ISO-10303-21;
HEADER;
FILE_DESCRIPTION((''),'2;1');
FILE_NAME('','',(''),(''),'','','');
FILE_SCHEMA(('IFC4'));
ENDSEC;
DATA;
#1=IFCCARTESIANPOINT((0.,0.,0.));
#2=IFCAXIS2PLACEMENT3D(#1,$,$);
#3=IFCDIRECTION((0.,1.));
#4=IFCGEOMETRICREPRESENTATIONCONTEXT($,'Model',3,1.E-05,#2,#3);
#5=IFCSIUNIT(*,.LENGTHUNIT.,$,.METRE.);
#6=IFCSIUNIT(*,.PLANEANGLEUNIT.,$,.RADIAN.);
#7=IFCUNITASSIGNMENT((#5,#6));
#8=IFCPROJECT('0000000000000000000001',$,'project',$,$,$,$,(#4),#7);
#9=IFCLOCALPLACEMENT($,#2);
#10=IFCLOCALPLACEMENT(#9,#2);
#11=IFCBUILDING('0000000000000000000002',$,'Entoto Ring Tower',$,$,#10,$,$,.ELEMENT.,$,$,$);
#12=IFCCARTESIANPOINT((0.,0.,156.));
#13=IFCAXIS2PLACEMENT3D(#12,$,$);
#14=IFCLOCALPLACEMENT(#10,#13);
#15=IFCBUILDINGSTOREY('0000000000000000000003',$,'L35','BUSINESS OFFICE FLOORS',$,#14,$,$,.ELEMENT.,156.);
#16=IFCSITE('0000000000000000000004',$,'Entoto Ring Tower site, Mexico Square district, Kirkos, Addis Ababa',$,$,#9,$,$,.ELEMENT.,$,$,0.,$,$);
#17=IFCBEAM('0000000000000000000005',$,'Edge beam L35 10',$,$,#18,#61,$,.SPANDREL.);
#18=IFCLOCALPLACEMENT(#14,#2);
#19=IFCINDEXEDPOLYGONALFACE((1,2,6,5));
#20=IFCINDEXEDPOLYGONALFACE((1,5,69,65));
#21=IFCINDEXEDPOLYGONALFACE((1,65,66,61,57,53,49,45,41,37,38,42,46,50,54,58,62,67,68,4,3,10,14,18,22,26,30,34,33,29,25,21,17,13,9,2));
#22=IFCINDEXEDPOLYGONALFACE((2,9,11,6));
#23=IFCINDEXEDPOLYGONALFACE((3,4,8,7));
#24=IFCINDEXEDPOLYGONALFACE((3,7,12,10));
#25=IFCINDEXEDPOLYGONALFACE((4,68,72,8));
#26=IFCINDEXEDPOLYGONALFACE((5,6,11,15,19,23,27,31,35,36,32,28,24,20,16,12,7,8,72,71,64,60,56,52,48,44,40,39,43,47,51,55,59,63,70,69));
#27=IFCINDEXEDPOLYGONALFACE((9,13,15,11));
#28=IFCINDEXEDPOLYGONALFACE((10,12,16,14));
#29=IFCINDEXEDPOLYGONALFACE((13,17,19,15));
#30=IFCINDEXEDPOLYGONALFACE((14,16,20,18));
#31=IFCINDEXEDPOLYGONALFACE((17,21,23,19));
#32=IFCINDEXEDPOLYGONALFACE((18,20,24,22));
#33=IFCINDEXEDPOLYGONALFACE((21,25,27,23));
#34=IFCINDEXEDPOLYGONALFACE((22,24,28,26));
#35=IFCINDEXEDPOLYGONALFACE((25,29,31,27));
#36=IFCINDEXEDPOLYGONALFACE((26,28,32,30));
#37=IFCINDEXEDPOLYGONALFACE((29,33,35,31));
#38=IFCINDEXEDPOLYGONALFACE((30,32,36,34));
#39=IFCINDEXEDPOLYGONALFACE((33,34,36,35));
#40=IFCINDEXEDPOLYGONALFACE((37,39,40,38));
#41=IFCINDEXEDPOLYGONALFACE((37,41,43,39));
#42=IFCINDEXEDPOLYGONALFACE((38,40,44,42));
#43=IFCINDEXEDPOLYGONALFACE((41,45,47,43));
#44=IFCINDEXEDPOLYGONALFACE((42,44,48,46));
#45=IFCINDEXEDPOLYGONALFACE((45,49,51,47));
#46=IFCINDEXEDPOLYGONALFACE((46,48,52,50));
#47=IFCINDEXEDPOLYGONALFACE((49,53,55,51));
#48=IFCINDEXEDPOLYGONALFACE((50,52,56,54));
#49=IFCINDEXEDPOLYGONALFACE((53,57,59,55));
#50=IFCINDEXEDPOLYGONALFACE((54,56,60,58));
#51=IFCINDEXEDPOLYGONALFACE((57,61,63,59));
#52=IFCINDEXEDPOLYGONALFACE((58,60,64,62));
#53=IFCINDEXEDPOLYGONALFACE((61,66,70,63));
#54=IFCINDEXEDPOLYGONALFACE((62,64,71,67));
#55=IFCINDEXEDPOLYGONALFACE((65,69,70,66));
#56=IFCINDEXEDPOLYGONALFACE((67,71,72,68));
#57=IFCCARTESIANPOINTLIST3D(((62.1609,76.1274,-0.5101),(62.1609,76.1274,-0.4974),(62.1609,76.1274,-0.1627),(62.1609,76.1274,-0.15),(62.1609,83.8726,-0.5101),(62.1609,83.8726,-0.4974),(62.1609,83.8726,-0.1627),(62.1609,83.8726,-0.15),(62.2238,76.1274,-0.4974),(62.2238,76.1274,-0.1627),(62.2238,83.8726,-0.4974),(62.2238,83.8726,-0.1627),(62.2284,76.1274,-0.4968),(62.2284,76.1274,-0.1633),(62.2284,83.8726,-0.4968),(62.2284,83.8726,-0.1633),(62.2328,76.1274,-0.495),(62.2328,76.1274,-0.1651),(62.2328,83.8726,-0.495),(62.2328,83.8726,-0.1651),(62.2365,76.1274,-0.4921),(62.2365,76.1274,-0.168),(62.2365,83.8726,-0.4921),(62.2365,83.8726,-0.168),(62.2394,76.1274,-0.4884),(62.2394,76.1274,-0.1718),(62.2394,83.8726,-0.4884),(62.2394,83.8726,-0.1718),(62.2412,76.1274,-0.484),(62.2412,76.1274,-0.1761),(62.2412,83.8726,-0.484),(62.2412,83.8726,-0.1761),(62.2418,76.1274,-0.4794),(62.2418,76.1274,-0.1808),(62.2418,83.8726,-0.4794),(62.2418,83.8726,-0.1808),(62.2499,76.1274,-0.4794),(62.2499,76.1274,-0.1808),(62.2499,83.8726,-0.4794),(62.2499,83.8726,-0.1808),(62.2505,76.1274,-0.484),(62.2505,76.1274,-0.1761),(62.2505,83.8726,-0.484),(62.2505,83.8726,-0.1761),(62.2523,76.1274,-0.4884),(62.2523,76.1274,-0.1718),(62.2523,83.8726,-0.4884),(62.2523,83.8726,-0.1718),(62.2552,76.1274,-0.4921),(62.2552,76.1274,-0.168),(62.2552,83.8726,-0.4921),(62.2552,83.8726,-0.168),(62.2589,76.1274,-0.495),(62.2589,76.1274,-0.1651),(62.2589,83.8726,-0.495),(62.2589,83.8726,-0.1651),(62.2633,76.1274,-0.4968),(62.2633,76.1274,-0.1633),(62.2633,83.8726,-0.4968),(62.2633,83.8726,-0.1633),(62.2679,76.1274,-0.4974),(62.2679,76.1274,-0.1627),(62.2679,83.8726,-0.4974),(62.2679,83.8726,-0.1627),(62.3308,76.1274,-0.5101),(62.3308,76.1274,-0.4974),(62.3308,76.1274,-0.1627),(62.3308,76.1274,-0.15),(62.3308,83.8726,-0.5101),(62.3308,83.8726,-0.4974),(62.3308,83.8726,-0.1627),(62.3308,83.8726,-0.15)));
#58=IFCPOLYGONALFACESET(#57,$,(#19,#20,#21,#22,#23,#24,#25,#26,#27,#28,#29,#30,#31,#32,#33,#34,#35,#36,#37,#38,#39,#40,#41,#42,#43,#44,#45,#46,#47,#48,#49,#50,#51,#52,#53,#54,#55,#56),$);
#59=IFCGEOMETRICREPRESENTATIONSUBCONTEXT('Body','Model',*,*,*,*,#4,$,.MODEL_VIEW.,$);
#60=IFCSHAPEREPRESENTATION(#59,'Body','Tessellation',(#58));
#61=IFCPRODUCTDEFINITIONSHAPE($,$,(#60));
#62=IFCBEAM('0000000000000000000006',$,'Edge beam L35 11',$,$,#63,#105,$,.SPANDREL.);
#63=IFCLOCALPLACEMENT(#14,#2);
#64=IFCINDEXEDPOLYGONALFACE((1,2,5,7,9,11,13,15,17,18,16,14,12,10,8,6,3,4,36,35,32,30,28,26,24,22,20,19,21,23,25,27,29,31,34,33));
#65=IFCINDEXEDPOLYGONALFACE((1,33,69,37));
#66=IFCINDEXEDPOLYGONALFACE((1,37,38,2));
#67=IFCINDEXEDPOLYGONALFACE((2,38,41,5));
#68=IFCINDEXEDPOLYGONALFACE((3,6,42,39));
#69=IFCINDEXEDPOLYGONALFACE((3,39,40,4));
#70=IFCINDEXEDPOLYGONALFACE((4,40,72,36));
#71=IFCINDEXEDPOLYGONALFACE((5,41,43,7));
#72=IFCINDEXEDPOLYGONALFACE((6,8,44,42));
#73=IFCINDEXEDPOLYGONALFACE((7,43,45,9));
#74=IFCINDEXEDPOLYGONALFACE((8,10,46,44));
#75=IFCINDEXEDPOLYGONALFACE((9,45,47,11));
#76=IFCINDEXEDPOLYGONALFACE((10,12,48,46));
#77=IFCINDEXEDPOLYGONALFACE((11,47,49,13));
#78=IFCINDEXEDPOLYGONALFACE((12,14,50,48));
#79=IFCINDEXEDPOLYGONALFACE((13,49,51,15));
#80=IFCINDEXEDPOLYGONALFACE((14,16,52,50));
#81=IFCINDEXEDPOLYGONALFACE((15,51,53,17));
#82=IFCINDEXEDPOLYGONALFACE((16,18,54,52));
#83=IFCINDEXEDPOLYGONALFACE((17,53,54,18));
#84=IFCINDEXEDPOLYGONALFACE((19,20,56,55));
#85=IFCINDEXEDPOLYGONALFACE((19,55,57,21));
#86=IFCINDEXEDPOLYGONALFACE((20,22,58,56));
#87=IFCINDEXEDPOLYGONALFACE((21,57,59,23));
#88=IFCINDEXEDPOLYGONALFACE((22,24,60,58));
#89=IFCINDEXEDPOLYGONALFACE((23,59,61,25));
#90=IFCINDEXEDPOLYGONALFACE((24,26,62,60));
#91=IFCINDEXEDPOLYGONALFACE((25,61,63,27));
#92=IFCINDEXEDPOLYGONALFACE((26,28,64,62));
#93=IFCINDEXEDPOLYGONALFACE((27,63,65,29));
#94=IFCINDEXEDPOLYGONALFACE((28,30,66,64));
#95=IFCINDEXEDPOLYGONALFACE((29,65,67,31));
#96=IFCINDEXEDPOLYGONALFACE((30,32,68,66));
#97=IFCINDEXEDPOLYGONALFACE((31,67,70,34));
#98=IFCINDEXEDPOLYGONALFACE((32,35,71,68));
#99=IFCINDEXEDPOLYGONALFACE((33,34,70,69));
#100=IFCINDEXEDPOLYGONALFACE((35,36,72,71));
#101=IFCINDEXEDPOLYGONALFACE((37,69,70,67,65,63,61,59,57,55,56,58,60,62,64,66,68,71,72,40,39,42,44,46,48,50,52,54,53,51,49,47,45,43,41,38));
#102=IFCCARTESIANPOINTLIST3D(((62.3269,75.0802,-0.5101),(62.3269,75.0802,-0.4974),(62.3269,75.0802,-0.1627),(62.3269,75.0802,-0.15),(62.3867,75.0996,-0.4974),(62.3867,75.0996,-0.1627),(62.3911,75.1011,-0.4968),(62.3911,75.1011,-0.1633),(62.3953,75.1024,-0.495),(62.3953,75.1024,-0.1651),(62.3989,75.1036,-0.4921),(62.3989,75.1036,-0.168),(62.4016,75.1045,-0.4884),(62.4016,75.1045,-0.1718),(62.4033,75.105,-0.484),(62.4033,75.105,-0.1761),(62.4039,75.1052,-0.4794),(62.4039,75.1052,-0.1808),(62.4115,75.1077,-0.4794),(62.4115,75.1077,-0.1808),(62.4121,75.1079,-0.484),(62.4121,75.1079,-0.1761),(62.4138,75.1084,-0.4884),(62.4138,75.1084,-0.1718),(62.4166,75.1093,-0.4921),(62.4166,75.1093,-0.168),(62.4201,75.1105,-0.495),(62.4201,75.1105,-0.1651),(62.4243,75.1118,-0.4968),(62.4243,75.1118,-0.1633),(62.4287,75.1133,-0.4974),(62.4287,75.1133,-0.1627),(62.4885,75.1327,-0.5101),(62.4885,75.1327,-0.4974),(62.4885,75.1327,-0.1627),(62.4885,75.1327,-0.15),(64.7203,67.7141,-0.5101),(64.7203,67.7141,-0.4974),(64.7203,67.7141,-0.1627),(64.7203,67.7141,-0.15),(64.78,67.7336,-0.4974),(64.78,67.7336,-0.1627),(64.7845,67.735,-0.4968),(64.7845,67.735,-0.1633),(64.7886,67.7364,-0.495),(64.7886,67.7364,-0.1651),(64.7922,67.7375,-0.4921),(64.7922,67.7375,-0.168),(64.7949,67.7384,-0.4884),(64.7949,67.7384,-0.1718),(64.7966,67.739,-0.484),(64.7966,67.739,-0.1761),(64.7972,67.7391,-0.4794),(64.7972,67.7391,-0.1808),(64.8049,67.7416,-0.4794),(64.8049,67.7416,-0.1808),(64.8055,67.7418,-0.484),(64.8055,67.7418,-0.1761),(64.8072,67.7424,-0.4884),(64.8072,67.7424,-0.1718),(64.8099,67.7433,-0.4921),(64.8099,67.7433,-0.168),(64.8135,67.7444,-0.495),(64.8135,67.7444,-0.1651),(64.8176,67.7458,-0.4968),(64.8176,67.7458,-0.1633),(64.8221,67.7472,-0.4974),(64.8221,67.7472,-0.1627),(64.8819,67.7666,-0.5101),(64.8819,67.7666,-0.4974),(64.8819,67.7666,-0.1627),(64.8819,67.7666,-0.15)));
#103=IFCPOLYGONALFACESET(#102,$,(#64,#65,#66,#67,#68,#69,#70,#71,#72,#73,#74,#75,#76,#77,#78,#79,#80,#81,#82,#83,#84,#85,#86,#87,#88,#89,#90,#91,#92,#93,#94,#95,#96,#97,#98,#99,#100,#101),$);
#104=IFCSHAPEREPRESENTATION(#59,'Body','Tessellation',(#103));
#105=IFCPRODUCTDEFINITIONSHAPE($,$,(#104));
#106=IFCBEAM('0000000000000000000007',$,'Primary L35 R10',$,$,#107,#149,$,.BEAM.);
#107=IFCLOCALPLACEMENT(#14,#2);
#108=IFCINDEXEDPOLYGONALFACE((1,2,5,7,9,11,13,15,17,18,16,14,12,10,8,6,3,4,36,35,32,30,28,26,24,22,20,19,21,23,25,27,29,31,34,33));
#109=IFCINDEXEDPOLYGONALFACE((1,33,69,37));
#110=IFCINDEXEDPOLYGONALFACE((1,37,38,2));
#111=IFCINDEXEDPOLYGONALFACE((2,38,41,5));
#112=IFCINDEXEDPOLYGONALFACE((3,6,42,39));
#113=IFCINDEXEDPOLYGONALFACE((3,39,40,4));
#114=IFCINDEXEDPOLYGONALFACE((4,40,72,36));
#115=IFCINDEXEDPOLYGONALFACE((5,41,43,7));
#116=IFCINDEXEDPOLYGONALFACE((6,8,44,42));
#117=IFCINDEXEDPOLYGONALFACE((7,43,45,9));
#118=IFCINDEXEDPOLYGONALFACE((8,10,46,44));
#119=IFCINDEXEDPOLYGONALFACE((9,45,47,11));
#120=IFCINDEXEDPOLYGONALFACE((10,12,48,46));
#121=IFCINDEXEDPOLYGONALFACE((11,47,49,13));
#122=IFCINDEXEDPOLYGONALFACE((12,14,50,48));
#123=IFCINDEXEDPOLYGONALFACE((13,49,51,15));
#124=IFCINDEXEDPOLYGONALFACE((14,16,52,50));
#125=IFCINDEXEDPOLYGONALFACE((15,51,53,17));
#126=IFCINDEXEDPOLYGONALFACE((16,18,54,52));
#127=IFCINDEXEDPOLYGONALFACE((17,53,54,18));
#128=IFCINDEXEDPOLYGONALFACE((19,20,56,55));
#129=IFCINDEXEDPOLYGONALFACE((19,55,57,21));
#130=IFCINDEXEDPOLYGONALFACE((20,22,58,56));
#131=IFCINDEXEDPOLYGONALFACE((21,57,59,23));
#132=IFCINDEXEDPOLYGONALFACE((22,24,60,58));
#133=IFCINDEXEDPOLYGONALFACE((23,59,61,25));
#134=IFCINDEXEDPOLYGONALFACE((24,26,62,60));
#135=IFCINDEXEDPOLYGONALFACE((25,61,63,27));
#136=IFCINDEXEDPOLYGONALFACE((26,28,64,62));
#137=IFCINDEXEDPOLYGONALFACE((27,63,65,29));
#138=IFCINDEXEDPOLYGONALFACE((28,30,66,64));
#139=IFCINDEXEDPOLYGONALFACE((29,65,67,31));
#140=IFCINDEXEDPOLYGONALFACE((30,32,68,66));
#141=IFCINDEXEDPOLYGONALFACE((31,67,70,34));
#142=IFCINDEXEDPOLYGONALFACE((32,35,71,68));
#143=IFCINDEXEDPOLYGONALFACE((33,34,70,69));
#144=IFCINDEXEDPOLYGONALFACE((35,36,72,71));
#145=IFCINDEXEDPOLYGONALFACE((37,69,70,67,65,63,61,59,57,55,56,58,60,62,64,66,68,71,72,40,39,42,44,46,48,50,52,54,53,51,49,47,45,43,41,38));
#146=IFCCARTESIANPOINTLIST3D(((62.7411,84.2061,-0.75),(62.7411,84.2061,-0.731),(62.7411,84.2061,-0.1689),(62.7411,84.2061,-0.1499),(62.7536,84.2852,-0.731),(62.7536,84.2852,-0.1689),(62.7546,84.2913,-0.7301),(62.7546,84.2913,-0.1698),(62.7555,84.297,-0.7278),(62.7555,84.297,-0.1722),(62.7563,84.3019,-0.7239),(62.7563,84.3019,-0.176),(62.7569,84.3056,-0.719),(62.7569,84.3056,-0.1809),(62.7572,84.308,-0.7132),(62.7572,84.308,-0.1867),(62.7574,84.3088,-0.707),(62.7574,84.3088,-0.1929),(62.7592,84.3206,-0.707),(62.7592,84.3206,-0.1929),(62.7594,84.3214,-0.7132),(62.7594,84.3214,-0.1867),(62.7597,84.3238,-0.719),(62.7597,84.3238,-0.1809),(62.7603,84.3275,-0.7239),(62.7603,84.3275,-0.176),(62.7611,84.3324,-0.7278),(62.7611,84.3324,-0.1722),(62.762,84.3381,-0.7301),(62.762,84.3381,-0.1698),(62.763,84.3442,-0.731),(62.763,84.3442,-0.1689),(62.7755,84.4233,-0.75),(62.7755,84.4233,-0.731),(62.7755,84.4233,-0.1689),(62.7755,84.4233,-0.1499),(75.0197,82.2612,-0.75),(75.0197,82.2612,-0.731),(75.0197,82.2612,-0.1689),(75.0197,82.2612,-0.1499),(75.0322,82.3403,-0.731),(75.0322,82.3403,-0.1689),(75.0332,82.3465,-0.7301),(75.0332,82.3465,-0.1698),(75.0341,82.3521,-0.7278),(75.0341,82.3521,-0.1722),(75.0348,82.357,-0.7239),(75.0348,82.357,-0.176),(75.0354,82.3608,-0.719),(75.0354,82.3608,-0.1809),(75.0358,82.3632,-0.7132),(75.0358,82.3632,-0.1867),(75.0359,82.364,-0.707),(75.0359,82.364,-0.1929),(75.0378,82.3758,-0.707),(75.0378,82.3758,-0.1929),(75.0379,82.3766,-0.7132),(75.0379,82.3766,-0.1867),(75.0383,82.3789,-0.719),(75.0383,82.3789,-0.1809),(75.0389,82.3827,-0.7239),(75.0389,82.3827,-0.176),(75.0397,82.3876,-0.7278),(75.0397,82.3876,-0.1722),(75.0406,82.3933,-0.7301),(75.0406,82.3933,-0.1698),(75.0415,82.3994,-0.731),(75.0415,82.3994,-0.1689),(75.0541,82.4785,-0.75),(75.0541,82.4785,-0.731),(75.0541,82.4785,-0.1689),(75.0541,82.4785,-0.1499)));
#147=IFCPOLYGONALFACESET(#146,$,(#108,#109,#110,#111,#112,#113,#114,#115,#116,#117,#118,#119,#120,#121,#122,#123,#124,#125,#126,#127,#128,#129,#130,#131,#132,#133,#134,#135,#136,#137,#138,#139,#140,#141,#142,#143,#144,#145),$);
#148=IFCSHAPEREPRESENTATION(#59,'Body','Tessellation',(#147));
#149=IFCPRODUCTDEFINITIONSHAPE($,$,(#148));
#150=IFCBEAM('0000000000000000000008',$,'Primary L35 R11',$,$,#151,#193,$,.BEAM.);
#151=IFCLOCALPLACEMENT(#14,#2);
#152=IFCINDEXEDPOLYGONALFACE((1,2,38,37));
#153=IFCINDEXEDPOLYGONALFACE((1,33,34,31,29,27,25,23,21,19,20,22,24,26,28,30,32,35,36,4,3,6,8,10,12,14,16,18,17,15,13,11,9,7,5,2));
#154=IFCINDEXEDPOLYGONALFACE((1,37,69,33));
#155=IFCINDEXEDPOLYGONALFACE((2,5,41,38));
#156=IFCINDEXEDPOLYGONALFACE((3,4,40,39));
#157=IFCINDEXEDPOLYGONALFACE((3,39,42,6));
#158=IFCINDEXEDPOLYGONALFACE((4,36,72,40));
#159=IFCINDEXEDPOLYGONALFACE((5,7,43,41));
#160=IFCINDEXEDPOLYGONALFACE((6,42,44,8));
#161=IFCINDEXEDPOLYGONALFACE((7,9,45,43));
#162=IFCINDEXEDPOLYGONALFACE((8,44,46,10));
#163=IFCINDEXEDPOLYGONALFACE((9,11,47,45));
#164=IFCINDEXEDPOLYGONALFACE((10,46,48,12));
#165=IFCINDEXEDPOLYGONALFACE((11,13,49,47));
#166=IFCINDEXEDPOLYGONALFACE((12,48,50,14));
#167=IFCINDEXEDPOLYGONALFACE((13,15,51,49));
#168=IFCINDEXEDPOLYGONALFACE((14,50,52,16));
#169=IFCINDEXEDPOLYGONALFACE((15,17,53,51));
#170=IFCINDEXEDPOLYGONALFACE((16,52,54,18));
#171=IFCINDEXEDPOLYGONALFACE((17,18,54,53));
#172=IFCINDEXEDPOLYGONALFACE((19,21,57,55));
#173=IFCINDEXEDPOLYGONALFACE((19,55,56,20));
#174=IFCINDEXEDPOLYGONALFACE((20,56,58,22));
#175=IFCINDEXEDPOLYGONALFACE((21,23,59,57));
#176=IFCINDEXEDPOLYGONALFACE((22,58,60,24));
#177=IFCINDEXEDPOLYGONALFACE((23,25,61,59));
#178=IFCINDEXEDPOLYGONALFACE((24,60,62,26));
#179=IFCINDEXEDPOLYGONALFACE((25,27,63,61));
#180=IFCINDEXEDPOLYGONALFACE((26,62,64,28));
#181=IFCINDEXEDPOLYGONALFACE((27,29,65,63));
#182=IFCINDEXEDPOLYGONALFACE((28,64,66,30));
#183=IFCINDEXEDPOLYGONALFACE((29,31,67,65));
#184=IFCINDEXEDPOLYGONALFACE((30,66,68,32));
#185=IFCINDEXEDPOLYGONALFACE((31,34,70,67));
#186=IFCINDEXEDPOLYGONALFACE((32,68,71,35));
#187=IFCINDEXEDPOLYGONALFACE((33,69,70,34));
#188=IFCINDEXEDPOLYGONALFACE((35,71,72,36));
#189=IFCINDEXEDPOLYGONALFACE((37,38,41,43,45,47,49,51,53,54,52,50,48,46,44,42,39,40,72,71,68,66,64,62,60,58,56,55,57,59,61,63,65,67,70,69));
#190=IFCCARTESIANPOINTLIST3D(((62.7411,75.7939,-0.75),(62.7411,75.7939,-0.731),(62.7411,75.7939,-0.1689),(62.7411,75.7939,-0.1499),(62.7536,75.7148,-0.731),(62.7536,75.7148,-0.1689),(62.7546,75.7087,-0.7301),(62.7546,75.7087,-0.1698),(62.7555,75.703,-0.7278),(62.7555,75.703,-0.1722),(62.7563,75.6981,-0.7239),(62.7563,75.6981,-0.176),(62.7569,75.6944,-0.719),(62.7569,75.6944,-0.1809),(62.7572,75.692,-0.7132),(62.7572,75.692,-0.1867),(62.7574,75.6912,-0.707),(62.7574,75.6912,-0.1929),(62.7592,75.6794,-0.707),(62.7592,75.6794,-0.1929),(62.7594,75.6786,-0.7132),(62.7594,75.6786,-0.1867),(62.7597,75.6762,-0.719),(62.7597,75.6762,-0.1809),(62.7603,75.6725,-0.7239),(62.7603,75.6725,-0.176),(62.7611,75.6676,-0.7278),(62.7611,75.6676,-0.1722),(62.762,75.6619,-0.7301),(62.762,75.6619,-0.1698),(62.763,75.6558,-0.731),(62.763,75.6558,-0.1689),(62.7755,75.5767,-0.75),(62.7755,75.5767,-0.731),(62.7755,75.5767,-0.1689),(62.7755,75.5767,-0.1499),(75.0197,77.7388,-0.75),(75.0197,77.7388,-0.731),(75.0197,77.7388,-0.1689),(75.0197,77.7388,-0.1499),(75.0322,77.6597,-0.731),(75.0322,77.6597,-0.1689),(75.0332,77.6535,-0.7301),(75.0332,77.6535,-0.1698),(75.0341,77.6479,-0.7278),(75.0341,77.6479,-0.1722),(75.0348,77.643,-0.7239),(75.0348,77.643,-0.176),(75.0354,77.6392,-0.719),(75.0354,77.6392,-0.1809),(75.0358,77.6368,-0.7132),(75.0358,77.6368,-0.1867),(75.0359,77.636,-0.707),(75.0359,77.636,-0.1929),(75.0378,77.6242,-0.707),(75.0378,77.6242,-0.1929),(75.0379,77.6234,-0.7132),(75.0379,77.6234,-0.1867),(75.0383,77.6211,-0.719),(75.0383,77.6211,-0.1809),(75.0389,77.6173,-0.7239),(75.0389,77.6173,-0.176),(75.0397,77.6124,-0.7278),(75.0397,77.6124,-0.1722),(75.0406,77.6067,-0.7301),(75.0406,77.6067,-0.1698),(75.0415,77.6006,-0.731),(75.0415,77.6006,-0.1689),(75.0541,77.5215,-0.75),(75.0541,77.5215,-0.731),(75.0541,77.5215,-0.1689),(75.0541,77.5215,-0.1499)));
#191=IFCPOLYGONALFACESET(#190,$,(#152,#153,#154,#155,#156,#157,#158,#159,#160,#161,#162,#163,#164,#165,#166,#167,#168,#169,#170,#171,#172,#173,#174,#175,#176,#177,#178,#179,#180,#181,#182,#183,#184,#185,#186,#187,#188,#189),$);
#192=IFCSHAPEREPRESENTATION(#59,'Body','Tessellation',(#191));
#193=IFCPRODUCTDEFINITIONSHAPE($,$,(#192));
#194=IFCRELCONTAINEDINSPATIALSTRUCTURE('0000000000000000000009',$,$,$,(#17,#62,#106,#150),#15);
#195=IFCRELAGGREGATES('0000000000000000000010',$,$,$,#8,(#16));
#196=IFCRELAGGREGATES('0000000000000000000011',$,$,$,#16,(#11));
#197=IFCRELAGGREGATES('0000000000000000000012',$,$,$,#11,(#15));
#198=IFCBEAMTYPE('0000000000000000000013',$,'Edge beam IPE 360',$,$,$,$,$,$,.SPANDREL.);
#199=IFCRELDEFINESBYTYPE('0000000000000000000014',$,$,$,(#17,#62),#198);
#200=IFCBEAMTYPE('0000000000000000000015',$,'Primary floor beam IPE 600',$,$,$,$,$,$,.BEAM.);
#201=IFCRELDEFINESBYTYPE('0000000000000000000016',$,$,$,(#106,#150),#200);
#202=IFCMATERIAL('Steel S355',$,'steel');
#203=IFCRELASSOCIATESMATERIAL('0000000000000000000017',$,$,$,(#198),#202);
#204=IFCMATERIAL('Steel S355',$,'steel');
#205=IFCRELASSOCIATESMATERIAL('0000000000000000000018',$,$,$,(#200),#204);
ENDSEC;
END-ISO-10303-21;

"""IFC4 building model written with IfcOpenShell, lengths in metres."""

from ifc_helpers import new_model, si_unit, direction, frame, origin, origin_2d, place, context, subcontext, project, spatial, i_section, extrude, material, material_profile, profile_set, type_object, element, save


model = new_model("IFC4")

# Units and contexts
model_context = context("Model", 3, precision=1e-05, world=origin(), true_north=direction((0.0, 1.0)))
body_context = subcontext(model_context, "Body", "Model", "MODEL_VIEW")
ifc_project = project(units=[si_unit("LENGTHUNIT", "METRE"), si_unit("PLANEANGLEUNIT", "RADIAN")], contexts=[model_context])

# Site, building, storey
site_placement = place(None, origin())
site = spatial("IfcSite", under=ifc_project, at=site_placement, Name="Entoto Ring Tower site, Mexico Square district, Kirkos, Addis Ababa", CompositionType="ELEMENT", RefElevation=0.0)
building_placement = place(site_placement, origin())
building = spatial("IfcBuilding", under=site, at=building_placement, Name="Entoto Ring Tower", CompositionType="ELEMENT")
storey_placement = place(building_placement, frame((0.0, 0.0, 156.0)))
storey = spatial("IfcBuildingStorey", under=building, at=storey_placement, Name="L35", Description="BUSINESS OFFICE FLOORS", CompositionType="ELEMENT", Elevation=156.0)

# Beams
ifc_material_1 = material(Name="Steel S355", Category="steel")
ifc_material_profile_1 = material_profile(ifc_material_1, i_section(OverallWidth=0.1699, OverallDepth=0.3601, WebThickness=0.0081, FlangeThickness=0.0127, FilletRadius=0.0181, at=origin_2d()), Name="IPE 360")
ifc_profile_set_1 = profile_set([ifc_material_profile_1], Name="Steel S355")
beam_type_1 = type_object("IfcBeamType", Name="Edge beam IPE 360", PredefinedType="SPANDREL", material=ifc_profile_set_1)
for number, where, z_axis, x_axis, name in (
    (1, (62.2458, 83.8726, -0.3301), (0.0, -1.0, 0.0), (1.0, 0.0, 0.0), "Edge beam L35 10"),
    (2, (62.4077, 75.1064, -0.3301), (0.309013, -0.951058, 0.0), (0.951058, 0.309013, 0.0), "Edge beam L35 11"),
):
    element("IfcBeam", number, at=place(storey_placement, frame(where, z_axis=z_axis, x_axis=x_axis)), inside=storey, type_object=beam_type_1, Name=name, PredefinedType="SPANDREL", context=body_context, shape_type="SweptSolid", body=[
        extrude(i_section(OverallWidth=0.1699, OverallDepth=0.3601, WebThickness=0.0081, FlangeThickness=0.0127, FilletRadius=0.0181, at=origin_2d()), origin(), (0.0, 0.0, 1.0), 7.7451),
    ])
ifc_material_2 = material(Name="Steel S355", Category="steel")
ifc_material_profile_2 = material_profile(ifc_material_2, i_section(OverallWidth=0.22, OverallDepth=0.6001, WebThickness=0.012, FlangeThickness=0.019, FilletRadius=0.0239, at=origin_2d()), Name="IPE 600")
ifc_profile_set_2 = profile_set([ifc_material_profile_2], Name="Steel S355")
beam_type_2 = type_object("IfcBeamType", Name="Primary floor beam IPE 600", PredefinedType="BEAM", material=ifc_profile_set_2)
for number, where, z_axis, x_axis, name in (
    (3, (75.0369, 82.3699, -0.45), (-0.987687, 0.156442, 0.0), (-0.156442, -0.987687, 0.0), "Primary L35 R10"),
    (4, (75.0369, 77.6301, -0.45), (-0.987687, -0.156442, 0.0), (0.156442, -0.987687, 0.0), "Primary L35 R11"),
):
    element("IfcBeam", number, at=place(storey_placement, frame(where, z_axis=z_axis, x_axis=x_axis)), inside=storey, type_object=beam_type_2, Name=name, PredefinedType="BEAM", context=body_context, shape_type="SweptSolid", body=[
        extrude(i_section(OverallWidth=0.22, OverallDepth=0.6001, WebThickness=0.012, FlangeThickness=0.019, FilletRadius=0.0239, at=origin_2d()), origin(), (0.0, 0.0, 1.0), 12.4316),
    ])

save(model, "model.ifc")
